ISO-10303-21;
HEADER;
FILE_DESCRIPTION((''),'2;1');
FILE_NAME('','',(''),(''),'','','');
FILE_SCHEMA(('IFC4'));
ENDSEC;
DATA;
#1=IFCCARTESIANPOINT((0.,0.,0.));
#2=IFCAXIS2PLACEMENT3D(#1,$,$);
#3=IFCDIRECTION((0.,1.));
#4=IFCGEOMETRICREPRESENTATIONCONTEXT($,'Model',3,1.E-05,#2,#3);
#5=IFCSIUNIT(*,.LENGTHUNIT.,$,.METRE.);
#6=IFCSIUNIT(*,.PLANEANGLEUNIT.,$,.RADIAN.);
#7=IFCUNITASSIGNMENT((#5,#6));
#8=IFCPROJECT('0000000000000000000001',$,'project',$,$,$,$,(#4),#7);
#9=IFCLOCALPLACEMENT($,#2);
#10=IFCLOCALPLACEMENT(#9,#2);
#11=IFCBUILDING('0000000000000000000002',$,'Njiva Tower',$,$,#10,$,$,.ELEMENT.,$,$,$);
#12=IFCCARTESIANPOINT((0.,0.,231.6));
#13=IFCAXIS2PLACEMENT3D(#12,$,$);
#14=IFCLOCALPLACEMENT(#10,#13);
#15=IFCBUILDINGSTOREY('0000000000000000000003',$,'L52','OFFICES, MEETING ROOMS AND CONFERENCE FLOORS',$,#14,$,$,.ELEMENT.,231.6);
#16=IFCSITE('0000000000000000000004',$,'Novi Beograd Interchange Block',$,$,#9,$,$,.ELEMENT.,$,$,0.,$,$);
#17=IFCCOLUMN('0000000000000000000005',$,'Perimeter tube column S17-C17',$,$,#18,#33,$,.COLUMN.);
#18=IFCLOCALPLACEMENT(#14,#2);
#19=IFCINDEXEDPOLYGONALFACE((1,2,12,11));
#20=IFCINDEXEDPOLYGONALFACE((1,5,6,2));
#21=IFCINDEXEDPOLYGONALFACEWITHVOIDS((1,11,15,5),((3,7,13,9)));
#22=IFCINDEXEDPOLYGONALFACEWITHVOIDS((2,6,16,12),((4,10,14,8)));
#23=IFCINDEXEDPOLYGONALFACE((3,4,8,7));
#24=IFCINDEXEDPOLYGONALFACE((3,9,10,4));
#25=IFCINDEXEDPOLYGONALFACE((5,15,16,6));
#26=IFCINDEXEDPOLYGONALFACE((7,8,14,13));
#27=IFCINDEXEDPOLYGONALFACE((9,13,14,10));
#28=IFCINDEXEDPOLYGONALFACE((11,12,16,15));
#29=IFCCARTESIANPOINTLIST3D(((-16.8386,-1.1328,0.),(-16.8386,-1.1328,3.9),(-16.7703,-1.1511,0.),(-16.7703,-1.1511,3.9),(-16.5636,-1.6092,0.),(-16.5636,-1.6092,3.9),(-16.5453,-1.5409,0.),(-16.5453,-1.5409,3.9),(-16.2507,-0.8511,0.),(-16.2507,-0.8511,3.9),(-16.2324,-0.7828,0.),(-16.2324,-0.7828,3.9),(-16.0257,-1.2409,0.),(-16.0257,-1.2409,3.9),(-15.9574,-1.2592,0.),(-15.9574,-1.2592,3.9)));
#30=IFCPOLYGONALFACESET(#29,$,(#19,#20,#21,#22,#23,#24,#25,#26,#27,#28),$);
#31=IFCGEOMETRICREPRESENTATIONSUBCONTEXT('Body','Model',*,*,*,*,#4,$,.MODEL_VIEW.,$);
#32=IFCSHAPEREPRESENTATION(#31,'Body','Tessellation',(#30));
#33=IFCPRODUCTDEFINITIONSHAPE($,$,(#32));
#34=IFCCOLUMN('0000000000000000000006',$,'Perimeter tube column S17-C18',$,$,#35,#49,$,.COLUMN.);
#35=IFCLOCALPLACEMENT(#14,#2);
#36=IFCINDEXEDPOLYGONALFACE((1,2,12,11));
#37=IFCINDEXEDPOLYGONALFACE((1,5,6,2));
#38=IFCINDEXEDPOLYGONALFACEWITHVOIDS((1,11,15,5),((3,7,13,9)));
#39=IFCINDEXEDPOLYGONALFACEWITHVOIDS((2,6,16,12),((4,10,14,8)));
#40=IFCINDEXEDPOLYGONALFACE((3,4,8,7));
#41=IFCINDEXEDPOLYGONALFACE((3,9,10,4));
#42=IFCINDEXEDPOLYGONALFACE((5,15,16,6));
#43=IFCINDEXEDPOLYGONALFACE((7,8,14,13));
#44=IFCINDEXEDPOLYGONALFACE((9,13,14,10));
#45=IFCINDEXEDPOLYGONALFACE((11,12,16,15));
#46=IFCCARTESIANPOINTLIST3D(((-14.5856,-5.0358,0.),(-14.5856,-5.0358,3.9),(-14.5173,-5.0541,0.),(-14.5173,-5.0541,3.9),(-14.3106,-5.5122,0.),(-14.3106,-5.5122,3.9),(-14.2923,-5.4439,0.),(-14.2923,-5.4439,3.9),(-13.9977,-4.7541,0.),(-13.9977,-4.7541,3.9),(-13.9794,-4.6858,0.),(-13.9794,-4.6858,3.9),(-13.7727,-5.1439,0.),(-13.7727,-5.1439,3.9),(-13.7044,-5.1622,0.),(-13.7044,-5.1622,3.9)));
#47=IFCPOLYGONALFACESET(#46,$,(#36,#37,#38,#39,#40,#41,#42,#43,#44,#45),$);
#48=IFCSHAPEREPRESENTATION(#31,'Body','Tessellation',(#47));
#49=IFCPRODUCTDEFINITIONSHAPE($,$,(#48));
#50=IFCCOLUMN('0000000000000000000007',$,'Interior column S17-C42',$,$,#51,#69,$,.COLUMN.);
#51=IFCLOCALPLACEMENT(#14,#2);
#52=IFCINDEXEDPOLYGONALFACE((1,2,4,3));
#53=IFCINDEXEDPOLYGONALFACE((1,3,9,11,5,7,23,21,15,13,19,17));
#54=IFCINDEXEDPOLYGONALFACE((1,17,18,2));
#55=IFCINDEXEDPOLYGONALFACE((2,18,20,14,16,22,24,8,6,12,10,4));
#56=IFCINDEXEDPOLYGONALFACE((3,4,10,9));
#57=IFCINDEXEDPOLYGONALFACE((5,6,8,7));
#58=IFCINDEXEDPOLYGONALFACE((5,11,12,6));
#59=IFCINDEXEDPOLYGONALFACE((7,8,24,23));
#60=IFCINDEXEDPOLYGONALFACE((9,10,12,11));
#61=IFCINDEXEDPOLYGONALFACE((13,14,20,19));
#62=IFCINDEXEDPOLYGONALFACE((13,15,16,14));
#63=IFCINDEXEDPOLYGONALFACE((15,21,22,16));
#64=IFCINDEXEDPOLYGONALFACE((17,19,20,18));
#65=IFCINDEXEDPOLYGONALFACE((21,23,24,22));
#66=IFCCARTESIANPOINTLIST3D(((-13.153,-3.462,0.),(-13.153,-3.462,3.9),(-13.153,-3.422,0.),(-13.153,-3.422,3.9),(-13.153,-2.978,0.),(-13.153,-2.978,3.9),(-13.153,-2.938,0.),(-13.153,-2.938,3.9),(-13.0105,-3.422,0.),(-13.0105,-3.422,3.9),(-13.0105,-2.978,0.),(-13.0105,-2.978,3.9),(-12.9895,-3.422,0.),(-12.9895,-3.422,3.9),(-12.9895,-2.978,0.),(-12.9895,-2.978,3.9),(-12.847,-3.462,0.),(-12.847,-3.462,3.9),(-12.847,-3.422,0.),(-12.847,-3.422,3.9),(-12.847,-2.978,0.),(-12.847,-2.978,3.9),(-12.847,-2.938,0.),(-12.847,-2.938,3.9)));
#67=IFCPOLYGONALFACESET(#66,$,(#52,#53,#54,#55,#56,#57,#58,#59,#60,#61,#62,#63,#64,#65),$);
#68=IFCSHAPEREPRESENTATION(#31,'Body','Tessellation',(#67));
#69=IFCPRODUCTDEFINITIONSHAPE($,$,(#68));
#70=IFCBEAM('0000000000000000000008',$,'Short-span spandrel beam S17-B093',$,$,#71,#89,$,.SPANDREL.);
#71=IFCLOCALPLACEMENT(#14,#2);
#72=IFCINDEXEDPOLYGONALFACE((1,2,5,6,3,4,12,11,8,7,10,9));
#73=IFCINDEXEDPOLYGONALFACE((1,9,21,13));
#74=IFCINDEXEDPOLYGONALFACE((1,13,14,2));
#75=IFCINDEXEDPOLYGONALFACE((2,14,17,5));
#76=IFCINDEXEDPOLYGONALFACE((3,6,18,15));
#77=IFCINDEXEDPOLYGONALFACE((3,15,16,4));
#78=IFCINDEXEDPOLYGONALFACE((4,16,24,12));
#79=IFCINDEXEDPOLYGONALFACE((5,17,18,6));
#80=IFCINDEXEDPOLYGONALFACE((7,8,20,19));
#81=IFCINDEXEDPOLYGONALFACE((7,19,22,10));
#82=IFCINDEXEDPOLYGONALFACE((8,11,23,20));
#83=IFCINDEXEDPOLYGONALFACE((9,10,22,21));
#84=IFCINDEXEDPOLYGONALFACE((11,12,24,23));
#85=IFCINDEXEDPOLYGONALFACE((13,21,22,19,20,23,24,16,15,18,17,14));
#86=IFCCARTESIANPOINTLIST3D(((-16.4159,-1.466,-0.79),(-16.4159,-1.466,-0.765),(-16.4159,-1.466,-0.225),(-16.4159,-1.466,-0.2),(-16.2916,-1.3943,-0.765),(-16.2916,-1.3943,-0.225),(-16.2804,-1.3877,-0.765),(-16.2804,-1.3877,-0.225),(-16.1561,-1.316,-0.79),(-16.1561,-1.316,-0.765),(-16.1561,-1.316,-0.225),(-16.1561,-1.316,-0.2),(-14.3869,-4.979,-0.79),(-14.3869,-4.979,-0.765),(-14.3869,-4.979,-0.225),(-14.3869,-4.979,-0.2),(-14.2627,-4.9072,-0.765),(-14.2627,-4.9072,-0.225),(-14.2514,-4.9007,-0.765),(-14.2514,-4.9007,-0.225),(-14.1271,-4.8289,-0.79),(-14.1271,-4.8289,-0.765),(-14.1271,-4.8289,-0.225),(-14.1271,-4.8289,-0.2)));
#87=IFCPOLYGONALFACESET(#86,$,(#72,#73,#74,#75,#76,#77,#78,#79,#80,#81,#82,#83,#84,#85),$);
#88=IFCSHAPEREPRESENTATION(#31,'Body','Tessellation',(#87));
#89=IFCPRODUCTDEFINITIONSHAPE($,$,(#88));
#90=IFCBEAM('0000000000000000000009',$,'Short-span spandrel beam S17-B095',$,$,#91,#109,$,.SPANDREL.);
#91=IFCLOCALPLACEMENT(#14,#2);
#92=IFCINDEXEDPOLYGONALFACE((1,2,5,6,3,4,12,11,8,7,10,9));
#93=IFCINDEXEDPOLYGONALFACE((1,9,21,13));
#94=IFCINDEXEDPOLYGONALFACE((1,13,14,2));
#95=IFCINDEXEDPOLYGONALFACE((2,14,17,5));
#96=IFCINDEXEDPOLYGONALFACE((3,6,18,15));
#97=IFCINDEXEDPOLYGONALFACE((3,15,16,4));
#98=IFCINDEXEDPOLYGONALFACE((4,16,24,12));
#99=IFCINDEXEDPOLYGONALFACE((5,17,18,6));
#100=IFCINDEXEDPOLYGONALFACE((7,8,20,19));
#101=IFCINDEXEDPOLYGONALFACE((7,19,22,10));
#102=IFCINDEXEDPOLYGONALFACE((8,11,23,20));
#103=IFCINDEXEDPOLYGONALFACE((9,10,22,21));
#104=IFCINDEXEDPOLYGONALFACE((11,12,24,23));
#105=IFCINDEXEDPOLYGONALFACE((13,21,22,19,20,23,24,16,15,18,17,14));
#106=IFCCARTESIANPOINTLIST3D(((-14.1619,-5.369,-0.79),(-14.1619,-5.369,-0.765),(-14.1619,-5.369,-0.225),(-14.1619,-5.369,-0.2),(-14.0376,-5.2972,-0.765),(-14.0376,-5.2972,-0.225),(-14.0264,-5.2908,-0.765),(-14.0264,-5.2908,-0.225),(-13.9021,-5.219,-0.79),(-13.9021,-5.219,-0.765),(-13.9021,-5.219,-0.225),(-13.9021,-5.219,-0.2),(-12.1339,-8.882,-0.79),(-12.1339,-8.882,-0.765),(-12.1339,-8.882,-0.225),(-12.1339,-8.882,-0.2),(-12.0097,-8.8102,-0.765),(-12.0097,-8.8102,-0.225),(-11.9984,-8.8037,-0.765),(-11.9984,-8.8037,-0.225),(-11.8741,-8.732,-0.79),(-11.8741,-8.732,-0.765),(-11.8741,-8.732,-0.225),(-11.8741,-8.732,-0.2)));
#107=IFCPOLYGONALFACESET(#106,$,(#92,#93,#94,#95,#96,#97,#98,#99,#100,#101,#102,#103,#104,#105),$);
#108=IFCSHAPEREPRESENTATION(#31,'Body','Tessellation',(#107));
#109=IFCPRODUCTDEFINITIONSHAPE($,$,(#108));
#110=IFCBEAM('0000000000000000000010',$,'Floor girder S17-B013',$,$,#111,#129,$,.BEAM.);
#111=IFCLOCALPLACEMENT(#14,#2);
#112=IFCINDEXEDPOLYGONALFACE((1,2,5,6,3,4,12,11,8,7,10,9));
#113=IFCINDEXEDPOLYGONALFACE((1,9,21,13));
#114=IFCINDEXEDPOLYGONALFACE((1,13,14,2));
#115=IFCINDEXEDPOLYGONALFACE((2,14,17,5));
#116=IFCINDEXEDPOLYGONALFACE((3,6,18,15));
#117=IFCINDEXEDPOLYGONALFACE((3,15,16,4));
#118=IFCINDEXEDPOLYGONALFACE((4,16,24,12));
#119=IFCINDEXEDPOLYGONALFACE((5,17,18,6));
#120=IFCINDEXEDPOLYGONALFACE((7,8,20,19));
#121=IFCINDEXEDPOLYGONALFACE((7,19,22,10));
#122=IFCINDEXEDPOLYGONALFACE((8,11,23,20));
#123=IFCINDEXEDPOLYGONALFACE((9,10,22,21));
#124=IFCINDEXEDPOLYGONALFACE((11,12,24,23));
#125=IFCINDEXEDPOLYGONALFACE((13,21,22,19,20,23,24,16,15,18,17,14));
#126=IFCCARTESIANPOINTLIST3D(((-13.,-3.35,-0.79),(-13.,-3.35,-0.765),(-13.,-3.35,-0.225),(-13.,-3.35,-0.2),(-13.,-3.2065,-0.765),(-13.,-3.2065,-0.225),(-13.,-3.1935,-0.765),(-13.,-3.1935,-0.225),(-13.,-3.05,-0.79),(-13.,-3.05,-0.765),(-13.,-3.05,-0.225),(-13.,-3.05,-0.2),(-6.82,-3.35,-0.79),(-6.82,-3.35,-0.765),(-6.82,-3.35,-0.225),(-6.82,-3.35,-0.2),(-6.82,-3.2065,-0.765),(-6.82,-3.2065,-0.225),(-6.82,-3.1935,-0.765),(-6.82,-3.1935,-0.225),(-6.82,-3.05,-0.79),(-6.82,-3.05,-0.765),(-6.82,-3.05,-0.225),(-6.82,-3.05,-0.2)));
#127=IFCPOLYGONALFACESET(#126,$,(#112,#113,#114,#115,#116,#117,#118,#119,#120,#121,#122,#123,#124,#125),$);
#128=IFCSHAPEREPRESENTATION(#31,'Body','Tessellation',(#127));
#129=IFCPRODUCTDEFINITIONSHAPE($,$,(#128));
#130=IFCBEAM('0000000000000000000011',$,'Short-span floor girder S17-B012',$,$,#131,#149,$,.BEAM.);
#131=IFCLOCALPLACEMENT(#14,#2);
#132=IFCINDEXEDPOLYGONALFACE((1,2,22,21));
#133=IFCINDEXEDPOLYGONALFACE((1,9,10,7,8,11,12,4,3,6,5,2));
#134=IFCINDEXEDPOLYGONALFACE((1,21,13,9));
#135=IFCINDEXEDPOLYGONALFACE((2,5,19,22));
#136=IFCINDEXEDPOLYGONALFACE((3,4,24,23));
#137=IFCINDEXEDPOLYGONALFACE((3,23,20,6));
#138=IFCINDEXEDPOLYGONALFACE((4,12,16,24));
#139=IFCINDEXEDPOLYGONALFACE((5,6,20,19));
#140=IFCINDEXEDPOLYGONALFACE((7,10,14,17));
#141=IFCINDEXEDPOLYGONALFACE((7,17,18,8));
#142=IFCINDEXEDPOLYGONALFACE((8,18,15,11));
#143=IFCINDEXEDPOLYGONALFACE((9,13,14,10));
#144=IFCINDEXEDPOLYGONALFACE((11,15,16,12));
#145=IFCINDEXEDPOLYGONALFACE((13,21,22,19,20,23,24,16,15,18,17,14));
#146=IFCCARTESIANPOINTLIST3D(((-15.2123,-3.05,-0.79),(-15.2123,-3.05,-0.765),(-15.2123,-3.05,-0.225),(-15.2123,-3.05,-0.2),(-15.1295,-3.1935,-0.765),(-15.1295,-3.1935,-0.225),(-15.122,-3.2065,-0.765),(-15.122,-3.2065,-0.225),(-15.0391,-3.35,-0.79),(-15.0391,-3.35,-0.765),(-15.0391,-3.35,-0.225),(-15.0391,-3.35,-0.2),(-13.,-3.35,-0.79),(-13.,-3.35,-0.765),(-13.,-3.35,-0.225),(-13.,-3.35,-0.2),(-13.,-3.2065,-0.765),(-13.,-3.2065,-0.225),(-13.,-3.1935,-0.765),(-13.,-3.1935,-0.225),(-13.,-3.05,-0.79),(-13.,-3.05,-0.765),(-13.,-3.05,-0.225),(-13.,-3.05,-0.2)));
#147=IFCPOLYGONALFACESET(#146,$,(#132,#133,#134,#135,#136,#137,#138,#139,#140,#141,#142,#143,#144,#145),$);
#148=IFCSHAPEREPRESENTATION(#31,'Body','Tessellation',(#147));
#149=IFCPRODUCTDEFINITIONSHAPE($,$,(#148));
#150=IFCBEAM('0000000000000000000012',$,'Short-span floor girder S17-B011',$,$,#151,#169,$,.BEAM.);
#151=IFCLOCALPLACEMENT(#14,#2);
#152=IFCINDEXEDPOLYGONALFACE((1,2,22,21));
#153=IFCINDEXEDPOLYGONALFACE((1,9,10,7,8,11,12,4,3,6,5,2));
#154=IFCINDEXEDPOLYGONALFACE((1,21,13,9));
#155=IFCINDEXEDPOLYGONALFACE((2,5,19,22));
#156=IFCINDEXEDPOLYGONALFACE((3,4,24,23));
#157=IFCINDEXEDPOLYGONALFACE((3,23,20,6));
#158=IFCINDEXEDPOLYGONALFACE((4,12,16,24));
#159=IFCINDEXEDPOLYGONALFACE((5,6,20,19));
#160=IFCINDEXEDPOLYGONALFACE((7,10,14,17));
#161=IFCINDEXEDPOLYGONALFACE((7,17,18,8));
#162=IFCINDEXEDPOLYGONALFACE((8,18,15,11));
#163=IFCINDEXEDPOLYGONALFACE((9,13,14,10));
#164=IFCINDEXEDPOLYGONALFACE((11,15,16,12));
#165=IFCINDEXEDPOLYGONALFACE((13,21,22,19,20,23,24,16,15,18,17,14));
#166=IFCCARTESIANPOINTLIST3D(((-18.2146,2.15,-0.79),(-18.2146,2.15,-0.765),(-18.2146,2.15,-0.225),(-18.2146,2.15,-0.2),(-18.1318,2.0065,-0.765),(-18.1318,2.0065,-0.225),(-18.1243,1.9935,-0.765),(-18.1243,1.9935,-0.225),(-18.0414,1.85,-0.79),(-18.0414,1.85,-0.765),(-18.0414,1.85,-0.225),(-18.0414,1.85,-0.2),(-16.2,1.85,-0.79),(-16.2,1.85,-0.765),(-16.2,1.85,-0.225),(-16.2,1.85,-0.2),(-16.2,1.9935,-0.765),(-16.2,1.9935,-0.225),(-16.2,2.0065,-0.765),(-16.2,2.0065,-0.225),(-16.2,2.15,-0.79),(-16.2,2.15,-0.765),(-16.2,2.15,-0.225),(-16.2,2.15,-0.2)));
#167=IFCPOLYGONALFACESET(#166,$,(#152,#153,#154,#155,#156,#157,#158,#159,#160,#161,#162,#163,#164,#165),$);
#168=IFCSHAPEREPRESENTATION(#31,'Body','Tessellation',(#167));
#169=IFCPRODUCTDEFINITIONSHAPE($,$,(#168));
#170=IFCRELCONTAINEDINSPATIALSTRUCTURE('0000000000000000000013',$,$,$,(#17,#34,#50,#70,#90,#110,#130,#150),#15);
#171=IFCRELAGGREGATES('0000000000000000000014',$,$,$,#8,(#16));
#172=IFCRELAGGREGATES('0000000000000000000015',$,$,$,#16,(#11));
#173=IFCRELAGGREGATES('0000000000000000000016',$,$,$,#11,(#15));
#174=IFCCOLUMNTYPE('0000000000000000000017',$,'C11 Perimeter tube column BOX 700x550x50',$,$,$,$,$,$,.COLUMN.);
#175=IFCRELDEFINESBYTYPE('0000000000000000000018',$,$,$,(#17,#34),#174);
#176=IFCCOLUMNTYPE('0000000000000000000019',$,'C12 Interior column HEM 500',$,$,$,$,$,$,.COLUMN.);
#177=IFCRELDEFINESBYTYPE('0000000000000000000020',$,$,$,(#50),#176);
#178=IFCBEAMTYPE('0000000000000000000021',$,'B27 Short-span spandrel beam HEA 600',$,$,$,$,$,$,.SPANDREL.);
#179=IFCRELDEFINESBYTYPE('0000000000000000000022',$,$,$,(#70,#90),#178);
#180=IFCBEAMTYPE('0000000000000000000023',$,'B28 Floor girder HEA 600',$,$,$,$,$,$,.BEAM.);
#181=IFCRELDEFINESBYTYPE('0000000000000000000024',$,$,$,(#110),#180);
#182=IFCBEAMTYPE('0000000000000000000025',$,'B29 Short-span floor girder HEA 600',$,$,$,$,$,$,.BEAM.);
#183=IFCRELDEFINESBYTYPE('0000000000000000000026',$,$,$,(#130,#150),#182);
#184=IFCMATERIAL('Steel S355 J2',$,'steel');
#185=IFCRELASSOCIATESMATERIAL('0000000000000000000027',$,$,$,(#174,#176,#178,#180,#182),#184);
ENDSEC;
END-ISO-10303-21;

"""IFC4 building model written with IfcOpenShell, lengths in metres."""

from ifc_helpers import new_model, si_unit, direction, frame, origin, origin_2d, place, context, subcontext, project, spatial, hollow_rectangle, i_section, extrude, clip, halfspace, material, material_profile, profile_set, type_object, element, save


model = new_model("IFC4")

# Units and contexts
model_context = context("Model", 3, precision=1e-05, world=origin(), true_north=direction((0.0, 1.0)))
body_context = subcontext(model_context, "Body", "Model", "MODEL_VIEW")
ifc_project = project(units=[si_unit("LENGTHUNIT", "METRE"), si_unit("PLANEANGLEUNIT", "RADIAN")], contexts=[model_context])

# Site, building, storey
site_placement = place(None, origin())
site = spatial("IfcSite", under=ifc_project, at=site_placement, Name="Novi Beograd Interchange Block", CompositionType="ELEMENT", RefElevation=0.0)
building_placement = place(site_placement, origin())
building = spatial("IfcBuilding", under=site, at=building_placement, Name="Njiva Tower", CompositionType="ELEMENT")
storey_placement = place(building_placement, frame((0.0, 0.0, 231.6)))
storey = spatial("IfcBuildingStorey", under=building, at=storey_placement, Name="L52", Description="OFFICES, MEETING ROOMS AND CONFERENCE FLOORS", CompositionType="ELEMENT", Elevation=231.6)

# Columns
ifc_material_1 = material(Name="Steel S355 J2", Category="steel")
ifc_material_profile_1 = material_profile(ifc_material_1, hollow_rectangle(XDim=0.55, YDim=0.7, WallThickness=0.05, at=origin_2d()), Name="BOX 700x550x50")
ifc_profile_set_1 = profile_set([ifc_material_profile_1], Name="Steel S355 J2")
column_type_1 = type_object("IfcColumnType", Name="C11 Perimeter tube column BOX 700x550x50", PredefinedType="COLUMN", material=ifc_profile_set_1)
for number, where, z_axis, x_axis, name in (
    (1, (-16.398, -1.196, 0.0), (0.0, 0.0, 1.0), (0.5, -0.866025, 0.0), "Perimeter tube column S17-C17"),
    (2, (-14.145, -5.099, 0.0), (0.0, 0.0, 1.0), (0.5, -0.866025, 0.0), "Perimeter tube column S17-C18"),
):
    element("IfcColumn", number, at=place(storey_placement, frame(where, z_axis=z_axis, x_axis=x_axis)), inside=storey, type_object=column_type_1, Name=name, PredefinedType="COLUMN", context=body_context, shape_type="SweptSolid", body=[
        extrude(hollow_rectangle(XDim=0.55, YDim=0.7, WallThickness=0.05, at=origin_2d()), origin(), (0.0, 0.0, 1.0), 3.9),
    ])
ifc_material_profile_2 = material_profile(ifc_material_1, i_section(OverallWidth=0.306, OverallDepth=0.524, WebThickness=0.021, FlangeThickness=0.04, at=origin_2d()), Name="HEM 500")
ifc_profile_set_2 = profile_set([ifc_material_profile_2], Name="Steel S355 J2")
column_type_2 = type_object("IfcColumnType", Name="C12 Interior column HEM 500", PredefinedType="COLUMN", material=ifc_profile_set_2)
column_placement = place(storey_placement, frame((-13.0, -3.2, 0.0), z_axis=(0.0, 0.0, 1.0), x_axis=(1.0, 0.0, 0.0)))
element("IfcColumn", 3, at=column_placement, inside=storey, type_object=column_type_2, Name="Interior column S17-C42", PredefinedType="COLUMN", context=body_context, shape_type="SweptSolid", body=[
    extrude(i_section(OverallWidth=0.306, OverallDepth=0.524, WebThickness=0.021, FlangeThickness=0.04, at=origin_2d()), origin(), (0.0, 0.0, 1.0), 3.9),
])

# Beams
ifc_material_profile_3 = material_profile(ifc_material_1, i_section(OverallWidth=0.3, OverallDepth=0.59, WebThickness=0.013, FlangeThickness=0.025, at=origin_2d()), Name="HEA 600")
ifc_profile_set_3 = profile_set([ifc_material_profile_3], Name="Steel S355 J2")
beam_type_1 = type_object("IfcBeamType", Name="B27 Short-span spandrel beam HEA 600", PredefinedType="SPANDREL", material=ifc_profile_set_3)
beam_1_placement = place(storey_placement, frame((-16.286, -1.391, -0.495), z_axis=(0.500142, -0.865943, 0.0), x_axis=(0.865943, 0.500142, 0.0)))
element("IfcBeam", 4, at=beam_1_placement, inside=storey, type_object=beam_type_1, Name="Short-span spandrel beam S17-B093", PredefinedType="SPANDREL", context=body_context, shape_type="SweptSolid", body=[
    extrude(i_section(OverallWidth=0.3, OverallDepth=0.59, WebThickness=0.013, FlangeThickness=0.025, at=origin_2d()), origin(), (0.0, 0.0, 1.0), 4.0568),
])
beam_2_placement = place(storey_placement, frame((-14.032, -5.294, -0.495), z_axis=(0.499957, -0.86605, 0.0), x_axis=(0.86605, 0.499957, 0.0)))
element("IfcBeam", 5, at=beam_2_placement, inside=storey, type_object=beam_type_1, Name="Short-span spandrel beam S17-B095", PredefinedType="SPANDREL", context=body_context, shape_type="SweptSolid", body=[
    extrude(i_section(OverallWidth=0.3, OverallDepth=0.59, WebThickness=0.013, FlangeThickness=0.025, at=origin_2d()), origin(), (0.0, 0.0, 1.0), 4.0563),
])
ifc_material_profile_4 = material_profile(ifc_material_1, i_section(OverallWidth=0.3, OverallDepth=0.59, WebThickness=0.013, FlangeThickness=0.025, at=origin_2d()), Name="HEA 600")
ifc_profile_set_4 = profile_set([ifc_material_profile_4], Name="Steel S355 J2")
beam_type_2 = type_object("IfcBeamType", Name="B28 Floor girder HEA 600", PredefinedType="BEAM", material=ifc_profile_set_4)
beam_3_placement = place(storey_placement, frame((-13.0, -3.2, -0.495), z_axis=(1.0, 0.0, 0.0), x_axis=(0.0, 1.0, 0.0)))
element("IfcBeam", 6, at=beam_3_placement, inside=storey, type_object=beam_type_2, Name="Floor girder S17-B013", PredefinedType="BEAM", context=body_context, shape_type="SweptSolid", body=[
    extrude(i_section(OverallWidth=0.3, OverallDepth=0.59, WebThickness=0.013, FlangeThickness=0.025, at=origin_2d()), origin(), (0.0, 0.0, 1.0), 6.18),
])
ifc_material_profile_5 = material_profile(ifc_material_1, i_section(OverallWidth=0.3, OverallDepth=0.59, WebThickness=0.013, FlangeThickness=0.025, at=origin_2d()), Name="HEA 600")
ifc_profile_set_5 = profile_set([ifc_material_profile_5], Name="Steel S355 J2")
beam_type_3 = type_object("IfcBeamType", Name="B29 Short-span floor girder HEA 600", PredefinedType="BEAM", material=ifc_profile_set_5)
beam_4_placement = place(storey_placement, frame((-15.233, -3.2, -0.495), z_axis=(1.0, 0.0, 0.0), x_axis=(0.0, 1.0, 0.0)))
element("IfcBeam", 7, at=beam_4_placement, inside=storey, type_object=beam_type_3, Name="Short-span floor girder S17-B012", PredefinedType="BEAM", context=body_context, shape_type="Clipping", body=[
    clip(extrude(i_section(OverallWidth=0.3, OverallDepth=0.59, WebThickness=0.013, FlangeThickness=0.025, at=origin_2d()), origin(), (0.0, 0.0, 1.0), 2.233), halfspace(frame((-0.025, 0.0, 0.1217), z_axis=(-0.499998, 0.0, -0.866027), x_axis=(0.0, -1.0, 0.0)), False)),
])
beam_5_placement = place(storey_placement, frame((-18.235, 2.0, -0.495), z_axis=(1.0, 0.0, 0.0), x_axis=(0.0, 1.0, 0.0)))
element("IfcBeam", 8, at=beam_5_placement, inside=storey, type_object=beam_type_3, Name="Short-span floor girder S17-B011", PredefinedType="BEAM", context=body_context, shape_type="Clipping", body=[
    clip(extrude(i_section(OverallWidth=0.3, OverallDepth=0.59, WebThickness=0.013, FlangeThickness=0.025, at=origin_2d()), origin(), (0.0, 0.0, 1.0), 2.035), halfspace(frame((-0.025, 0.0, 0.1214), z_axis=(-0.499998, 0.0, -0.866027), x_axis=(0.0, -1.0, 0.0)), False)),
])

save(model, "model.ifc")
